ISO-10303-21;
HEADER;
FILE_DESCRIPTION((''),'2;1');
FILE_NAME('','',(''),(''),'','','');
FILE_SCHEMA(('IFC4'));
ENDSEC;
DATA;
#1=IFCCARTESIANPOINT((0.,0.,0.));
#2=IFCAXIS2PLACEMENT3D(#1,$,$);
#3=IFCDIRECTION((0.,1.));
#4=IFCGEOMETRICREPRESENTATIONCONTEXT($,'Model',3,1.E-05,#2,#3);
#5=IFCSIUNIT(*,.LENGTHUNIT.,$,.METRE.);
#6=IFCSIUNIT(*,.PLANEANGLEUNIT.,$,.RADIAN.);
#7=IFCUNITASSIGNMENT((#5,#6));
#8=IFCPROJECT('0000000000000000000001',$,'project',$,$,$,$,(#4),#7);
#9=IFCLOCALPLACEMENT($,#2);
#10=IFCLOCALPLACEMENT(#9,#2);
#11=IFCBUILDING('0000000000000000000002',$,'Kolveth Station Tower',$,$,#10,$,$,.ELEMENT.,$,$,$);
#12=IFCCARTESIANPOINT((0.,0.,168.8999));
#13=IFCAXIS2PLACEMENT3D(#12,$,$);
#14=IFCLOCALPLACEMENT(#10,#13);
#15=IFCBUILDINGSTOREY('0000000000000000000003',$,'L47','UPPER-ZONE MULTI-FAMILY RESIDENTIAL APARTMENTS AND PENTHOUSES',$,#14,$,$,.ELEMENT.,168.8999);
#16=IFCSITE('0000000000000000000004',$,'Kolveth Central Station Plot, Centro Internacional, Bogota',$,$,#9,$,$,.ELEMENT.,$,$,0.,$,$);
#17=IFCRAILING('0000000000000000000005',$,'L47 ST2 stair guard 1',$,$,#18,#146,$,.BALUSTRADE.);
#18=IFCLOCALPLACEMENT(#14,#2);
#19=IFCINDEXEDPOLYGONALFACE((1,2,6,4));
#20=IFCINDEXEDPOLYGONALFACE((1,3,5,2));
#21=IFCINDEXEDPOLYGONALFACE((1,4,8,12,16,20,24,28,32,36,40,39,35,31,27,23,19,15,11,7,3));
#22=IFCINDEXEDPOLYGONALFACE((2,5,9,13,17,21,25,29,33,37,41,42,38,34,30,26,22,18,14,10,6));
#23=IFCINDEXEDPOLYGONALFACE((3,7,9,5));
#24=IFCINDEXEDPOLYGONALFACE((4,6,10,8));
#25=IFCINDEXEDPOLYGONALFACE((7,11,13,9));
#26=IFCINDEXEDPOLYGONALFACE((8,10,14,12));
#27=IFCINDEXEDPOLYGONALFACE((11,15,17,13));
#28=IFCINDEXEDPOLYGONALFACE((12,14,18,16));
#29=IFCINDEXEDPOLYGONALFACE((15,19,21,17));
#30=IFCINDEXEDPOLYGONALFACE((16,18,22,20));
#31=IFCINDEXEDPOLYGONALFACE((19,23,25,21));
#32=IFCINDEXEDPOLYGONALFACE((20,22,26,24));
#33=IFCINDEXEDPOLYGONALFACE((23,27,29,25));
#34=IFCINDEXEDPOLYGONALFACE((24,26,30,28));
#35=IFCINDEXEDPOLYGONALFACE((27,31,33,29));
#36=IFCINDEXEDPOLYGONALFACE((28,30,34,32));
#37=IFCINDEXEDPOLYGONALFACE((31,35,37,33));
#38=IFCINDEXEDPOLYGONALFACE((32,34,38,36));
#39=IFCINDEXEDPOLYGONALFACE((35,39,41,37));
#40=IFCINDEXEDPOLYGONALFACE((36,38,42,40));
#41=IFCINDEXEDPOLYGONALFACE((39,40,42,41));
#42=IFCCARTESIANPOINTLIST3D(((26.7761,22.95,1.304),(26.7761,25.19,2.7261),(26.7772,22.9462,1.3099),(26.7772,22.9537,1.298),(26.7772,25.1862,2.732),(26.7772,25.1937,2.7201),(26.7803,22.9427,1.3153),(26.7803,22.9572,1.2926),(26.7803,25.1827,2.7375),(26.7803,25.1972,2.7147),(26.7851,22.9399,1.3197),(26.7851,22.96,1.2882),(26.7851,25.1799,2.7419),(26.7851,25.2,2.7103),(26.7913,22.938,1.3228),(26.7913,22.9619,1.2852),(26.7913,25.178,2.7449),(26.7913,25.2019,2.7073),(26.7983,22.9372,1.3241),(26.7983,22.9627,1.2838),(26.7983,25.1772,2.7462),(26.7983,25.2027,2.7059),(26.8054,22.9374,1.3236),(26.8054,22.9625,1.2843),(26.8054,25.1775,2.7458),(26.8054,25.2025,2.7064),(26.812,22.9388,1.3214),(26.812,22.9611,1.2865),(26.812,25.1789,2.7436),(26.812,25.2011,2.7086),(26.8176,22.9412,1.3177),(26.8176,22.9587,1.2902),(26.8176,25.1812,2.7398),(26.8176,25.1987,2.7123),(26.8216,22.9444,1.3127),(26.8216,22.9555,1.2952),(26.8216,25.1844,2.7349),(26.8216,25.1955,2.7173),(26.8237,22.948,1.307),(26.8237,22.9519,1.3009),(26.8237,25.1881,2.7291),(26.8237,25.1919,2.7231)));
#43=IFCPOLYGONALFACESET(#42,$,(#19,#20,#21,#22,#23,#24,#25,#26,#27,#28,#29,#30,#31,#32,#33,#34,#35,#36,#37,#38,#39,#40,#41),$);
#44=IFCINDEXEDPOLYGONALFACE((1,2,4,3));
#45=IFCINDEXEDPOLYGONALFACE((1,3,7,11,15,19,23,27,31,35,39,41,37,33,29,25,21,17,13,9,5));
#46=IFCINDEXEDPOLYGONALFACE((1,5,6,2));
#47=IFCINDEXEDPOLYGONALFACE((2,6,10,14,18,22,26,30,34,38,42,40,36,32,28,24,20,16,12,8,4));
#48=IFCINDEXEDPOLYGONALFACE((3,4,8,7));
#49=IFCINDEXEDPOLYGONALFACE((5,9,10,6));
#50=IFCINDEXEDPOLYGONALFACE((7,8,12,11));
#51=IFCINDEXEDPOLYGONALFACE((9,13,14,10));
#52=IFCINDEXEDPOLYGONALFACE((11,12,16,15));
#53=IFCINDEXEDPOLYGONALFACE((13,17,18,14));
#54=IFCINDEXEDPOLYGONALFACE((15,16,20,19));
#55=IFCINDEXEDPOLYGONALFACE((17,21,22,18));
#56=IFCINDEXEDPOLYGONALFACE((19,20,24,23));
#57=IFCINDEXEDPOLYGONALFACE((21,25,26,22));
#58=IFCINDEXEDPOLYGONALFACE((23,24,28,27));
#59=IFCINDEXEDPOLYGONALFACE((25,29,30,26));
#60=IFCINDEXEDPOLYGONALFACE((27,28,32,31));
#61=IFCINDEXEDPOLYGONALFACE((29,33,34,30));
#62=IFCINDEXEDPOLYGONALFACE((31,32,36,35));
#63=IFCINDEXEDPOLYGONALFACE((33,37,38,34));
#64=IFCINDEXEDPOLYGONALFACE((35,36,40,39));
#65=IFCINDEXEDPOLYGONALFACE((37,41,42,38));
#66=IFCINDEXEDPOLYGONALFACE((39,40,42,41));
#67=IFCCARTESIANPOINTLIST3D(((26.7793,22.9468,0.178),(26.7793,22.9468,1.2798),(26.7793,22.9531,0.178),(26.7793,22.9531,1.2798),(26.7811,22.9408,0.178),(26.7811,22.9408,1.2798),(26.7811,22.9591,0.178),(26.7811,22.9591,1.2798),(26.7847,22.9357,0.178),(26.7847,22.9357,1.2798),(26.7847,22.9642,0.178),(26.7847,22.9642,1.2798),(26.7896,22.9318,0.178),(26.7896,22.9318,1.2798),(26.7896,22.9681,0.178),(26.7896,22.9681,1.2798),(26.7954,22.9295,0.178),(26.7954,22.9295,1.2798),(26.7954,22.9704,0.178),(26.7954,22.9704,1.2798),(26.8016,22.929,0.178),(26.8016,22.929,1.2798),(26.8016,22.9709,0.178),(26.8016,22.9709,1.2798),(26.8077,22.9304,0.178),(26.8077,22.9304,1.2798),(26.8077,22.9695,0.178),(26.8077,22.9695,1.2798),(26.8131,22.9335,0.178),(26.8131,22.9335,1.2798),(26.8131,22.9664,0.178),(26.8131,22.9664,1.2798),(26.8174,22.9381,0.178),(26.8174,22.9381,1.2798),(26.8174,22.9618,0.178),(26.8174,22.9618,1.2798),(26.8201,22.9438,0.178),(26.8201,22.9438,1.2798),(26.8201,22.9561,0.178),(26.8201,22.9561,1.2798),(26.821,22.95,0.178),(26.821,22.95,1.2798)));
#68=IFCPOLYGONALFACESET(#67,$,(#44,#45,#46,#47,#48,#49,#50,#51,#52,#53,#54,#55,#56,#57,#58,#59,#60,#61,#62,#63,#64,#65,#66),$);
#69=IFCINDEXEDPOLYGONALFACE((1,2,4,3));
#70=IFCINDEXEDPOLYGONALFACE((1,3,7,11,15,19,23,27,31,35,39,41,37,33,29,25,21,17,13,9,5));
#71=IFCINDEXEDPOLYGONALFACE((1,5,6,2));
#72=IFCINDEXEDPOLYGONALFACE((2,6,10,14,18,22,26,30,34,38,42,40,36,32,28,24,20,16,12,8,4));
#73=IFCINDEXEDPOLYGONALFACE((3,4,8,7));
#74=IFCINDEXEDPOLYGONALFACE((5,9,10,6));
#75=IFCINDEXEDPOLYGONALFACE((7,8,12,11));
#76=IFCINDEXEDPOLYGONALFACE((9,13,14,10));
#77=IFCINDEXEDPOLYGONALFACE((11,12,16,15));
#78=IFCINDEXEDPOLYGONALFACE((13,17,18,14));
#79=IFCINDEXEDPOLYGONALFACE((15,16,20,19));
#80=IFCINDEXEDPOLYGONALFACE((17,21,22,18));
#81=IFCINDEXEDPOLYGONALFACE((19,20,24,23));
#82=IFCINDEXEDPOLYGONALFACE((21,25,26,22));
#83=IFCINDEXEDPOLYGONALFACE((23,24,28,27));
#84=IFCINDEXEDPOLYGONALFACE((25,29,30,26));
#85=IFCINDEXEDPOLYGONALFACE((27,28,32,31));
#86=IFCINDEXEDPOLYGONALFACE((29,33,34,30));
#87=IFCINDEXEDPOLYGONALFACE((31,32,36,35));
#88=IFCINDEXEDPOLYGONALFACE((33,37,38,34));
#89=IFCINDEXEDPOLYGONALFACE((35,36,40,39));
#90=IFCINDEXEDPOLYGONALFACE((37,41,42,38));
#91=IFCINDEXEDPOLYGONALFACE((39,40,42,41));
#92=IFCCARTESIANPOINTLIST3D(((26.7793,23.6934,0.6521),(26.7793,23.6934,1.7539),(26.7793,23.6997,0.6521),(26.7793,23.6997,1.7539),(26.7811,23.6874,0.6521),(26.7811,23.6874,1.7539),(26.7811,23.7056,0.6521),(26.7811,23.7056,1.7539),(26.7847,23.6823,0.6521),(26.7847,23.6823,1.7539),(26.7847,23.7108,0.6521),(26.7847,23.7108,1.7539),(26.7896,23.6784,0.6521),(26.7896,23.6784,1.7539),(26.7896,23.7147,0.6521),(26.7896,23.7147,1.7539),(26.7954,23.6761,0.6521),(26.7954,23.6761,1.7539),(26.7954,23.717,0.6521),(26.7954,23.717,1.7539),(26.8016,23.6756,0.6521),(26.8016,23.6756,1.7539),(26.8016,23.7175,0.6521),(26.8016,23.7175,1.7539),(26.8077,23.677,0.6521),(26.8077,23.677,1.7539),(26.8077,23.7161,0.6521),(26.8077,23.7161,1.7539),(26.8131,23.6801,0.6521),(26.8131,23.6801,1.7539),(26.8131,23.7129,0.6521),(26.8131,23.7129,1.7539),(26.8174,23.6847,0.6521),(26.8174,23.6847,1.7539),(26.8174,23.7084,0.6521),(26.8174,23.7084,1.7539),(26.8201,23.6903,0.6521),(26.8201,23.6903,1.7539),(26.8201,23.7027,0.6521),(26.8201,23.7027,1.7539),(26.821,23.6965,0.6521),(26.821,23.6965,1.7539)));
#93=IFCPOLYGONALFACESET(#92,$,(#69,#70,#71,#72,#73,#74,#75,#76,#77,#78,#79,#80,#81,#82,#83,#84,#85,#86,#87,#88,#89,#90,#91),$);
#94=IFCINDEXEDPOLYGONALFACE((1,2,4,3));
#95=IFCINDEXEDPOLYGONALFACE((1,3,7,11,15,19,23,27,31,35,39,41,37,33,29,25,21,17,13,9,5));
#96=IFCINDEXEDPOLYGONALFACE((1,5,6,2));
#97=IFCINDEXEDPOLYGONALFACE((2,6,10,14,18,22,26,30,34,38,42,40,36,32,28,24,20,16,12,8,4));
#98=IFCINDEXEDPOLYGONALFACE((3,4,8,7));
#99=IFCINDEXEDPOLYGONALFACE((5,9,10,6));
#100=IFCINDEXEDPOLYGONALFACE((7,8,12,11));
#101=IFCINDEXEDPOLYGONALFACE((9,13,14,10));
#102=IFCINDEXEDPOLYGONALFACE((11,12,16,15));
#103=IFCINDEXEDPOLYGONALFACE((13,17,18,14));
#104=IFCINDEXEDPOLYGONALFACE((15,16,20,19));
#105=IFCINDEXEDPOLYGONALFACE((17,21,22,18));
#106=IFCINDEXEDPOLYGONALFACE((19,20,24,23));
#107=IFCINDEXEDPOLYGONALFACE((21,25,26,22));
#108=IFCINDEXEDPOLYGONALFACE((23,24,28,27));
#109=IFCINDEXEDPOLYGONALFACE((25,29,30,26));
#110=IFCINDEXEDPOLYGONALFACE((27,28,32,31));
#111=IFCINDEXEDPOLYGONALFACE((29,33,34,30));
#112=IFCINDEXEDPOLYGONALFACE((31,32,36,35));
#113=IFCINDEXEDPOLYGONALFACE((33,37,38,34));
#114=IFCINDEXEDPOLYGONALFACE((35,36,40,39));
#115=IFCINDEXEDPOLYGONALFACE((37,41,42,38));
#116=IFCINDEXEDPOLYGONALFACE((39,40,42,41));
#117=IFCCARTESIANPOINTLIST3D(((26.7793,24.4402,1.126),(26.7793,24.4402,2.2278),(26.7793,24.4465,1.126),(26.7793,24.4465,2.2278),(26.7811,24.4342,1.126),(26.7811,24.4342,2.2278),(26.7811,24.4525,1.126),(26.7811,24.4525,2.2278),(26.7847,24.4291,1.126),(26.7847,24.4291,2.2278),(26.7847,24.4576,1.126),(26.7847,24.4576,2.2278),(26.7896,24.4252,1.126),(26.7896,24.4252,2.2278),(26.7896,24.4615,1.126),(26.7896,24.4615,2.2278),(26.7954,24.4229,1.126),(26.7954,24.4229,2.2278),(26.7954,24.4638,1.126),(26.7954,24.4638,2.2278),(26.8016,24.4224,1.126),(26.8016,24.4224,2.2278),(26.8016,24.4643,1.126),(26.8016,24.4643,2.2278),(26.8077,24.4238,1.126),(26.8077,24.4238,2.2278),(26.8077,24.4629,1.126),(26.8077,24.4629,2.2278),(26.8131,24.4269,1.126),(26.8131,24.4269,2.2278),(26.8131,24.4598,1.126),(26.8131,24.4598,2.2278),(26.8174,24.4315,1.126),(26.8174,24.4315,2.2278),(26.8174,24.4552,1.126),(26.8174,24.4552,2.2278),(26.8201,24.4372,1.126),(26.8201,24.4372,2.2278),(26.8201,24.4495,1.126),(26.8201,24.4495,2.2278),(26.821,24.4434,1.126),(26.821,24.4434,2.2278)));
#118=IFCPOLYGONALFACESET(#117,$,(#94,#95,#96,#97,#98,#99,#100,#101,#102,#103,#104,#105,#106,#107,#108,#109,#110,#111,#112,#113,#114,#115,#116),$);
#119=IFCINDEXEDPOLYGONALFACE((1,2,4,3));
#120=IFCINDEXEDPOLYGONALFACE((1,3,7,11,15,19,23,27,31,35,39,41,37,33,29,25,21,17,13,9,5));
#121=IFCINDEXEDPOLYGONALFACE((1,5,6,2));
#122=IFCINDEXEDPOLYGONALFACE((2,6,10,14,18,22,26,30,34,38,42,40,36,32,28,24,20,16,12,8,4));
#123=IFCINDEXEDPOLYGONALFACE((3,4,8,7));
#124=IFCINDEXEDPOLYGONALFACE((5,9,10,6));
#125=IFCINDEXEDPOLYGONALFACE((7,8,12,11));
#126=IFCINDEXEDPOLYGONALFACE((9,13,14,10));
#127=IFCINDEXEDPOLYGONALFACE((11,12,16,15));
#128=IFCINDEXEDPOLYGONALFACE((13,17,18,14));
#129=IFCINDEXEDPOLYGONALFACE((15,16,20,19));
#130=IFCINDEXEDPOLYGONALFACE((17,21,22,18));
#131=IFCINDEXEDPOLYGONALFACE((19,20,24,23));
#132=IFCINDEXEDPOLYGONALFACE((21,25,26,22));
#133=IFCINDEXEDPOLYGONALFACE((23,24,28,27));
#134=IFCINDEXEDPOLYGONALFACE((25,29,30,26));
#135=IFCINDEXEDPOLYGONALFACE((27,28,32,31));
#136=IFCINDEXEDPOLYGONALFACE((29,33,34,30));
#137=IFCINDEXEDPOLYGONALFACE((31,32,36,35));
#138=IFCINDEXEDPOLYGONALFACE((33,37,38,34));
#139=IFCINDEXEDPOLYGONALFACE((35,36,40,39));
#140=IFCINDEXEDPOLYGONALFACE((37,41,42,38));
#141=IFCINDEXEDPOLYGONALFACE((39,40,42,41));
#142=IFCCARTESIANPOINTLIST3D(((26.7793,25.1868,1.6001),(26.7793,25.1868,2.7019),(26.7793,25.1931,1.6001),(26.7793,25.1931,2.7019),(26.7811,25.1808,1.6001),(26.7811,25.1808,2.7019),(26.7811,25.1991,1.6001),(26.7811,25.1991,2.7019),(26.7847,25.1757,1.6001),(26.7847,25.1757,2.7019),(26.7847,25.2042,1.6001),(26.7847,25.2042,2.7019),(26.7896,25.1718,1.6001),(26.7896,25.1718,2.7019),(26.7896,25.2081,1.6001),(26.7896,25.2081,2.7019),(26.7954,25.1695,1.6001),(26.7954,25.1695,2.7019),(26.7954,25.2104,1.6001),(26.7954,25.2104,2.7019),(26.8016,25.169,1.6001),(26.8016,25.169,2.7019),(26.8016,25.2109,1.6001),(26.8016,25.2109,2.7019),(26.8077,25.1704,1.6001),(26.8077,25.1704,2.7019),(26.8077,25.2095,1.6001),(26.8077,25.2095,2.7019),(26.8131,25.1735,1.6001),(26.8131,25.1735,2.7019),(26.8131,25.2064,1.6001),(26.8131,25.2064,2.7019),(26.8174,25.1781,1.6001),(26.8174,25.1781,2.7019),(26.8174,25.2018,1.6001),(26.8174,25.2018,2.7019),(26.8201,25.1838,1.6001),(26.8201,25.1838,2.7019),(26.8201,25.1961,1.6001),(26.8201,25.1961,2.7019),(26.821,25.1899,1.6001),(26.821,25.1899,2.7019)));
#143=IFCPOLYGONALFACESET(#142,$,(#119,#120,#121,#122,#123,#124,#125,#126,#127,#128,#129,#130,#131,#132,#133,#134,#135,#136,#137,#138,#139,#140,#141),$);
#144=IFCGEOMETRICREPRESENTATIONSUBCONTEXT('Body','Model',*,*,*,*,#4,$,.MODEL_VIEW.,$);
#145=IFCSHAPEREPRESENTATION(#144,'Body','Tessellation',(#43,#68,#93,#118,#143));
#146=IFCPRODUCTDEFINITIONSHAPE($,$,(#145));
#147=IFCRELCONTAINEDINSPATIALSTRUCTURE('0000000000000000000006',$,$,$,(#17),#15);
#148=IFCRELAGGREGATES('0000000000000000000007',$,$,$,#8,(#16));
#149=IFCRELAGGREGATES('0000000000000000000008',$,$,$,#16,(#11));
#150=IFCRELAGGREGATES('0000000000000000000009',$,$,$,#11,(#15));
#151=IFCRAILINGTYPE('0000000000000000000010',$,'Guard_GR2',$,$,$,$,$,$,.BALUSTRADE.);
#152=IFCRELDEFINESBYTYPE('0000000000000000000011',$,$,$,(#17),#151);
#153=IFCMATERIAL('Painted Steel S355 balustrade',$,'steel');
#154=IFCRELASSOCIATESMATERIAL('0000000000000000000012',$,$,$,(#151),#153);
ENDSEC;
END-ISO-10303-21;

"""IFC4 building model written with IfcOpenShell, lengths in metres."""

from ifc_helpers import new_model, si_unit, direction, frame, origin, origin_2d, place, context, subcontext, project, spatial, circle, extrude, material, type_object, element, save


model = new_model("IFC4")

# Units and contexts
model_context = context("Model", 3, precision=1e-05, world=origin(), true_north=direction((0.0, 1.0)))
body_context = subcontext(model_context, "Body", "Model", "MODEL_VIEW")
ifc_project = project(units=[si_unit("LENGTHUNIT", "METRE"), si_unit("PLANEANGLEUNIT", "RADIAN")], contexts=[model_context])

# Site, building, storey
site_placement = place(None, origin())
site = spatial("IfcSite", under=ifc_project, at=site_placement, Name="Kolveth Central Station Plot, Centro Internacional, Bogota", CompositionType="ELEMENT", RefElevation=0.0)
building_placement = place(site_placement, origin())
building = spatial("IfcBuilding", under=site, at=building_placement, Name="Kolveth Station Tower", CompositionType="ELEMENT")
storey_placement = place(building_placement, frame((0.0, 0.0, 168.8999)))
storey = spatial("IfcBuildingStorey", under=building, at=storey_placement, Name="L47", Description="UPPER-ZONE MULTI-FAMILY RESIDENTIAL APARTMENTS AND PENTHOUSES", CompositionType="ELEMENT", Elevation=168.8999)

# Railing
ifc_material_1 = material(Name="Painted Steel S355 balustrade", Category="steel")
railing_type_1 = type_object("IfcRailingType", Name="Guard_GR2", PredefinedType="BALUSTRADE", material=ifc_material_1)
railing_1_placement = place(storey_placement, frame((26.8, 22.95, 0.178)))
element("IfcRailing", 1, at=railing_1_placement, inside=storey, type_object=railing_type_1, Name="L47 ST2 stair guard 1", PredefinedType="BALUSTRADE", context=body_context, shape_type="SweptSolid", body=[
    extrude(circle(Radius=0.0239, at=origin_2d()), frame((0.0, 0.0, 1.126), z_axis=(0.0, 0.844229, 0.535982), x_axis=(-1.0, 0.0, 0.0)), (0.0, 0.0, 1.0), 2.6533),
    extrude(circle(Radius=0.021, at=origin_2d()), origin(), (0.0, 0.0, 1.0), 1.1018),
    extrude(circle(Radius=0.021, at=origin_2d()), frame((0.0, 0.7466, 0.4741)), (0.0, 0.0, 1.0), 1.1018),
    extrude(circle(Radius=0.021, at=origin_2d()), frame((0.0, 1.4934, 0.948)), (0.0, 0.0, 1.0), 1.1018),
    extrude(circle(Radius=0.021, at=origin_2d()), frame((0.0, 2.24, 1.4221)), (0.0, 0.0, 1.0), 1.1018),
])

save(model, "model.ifc")
